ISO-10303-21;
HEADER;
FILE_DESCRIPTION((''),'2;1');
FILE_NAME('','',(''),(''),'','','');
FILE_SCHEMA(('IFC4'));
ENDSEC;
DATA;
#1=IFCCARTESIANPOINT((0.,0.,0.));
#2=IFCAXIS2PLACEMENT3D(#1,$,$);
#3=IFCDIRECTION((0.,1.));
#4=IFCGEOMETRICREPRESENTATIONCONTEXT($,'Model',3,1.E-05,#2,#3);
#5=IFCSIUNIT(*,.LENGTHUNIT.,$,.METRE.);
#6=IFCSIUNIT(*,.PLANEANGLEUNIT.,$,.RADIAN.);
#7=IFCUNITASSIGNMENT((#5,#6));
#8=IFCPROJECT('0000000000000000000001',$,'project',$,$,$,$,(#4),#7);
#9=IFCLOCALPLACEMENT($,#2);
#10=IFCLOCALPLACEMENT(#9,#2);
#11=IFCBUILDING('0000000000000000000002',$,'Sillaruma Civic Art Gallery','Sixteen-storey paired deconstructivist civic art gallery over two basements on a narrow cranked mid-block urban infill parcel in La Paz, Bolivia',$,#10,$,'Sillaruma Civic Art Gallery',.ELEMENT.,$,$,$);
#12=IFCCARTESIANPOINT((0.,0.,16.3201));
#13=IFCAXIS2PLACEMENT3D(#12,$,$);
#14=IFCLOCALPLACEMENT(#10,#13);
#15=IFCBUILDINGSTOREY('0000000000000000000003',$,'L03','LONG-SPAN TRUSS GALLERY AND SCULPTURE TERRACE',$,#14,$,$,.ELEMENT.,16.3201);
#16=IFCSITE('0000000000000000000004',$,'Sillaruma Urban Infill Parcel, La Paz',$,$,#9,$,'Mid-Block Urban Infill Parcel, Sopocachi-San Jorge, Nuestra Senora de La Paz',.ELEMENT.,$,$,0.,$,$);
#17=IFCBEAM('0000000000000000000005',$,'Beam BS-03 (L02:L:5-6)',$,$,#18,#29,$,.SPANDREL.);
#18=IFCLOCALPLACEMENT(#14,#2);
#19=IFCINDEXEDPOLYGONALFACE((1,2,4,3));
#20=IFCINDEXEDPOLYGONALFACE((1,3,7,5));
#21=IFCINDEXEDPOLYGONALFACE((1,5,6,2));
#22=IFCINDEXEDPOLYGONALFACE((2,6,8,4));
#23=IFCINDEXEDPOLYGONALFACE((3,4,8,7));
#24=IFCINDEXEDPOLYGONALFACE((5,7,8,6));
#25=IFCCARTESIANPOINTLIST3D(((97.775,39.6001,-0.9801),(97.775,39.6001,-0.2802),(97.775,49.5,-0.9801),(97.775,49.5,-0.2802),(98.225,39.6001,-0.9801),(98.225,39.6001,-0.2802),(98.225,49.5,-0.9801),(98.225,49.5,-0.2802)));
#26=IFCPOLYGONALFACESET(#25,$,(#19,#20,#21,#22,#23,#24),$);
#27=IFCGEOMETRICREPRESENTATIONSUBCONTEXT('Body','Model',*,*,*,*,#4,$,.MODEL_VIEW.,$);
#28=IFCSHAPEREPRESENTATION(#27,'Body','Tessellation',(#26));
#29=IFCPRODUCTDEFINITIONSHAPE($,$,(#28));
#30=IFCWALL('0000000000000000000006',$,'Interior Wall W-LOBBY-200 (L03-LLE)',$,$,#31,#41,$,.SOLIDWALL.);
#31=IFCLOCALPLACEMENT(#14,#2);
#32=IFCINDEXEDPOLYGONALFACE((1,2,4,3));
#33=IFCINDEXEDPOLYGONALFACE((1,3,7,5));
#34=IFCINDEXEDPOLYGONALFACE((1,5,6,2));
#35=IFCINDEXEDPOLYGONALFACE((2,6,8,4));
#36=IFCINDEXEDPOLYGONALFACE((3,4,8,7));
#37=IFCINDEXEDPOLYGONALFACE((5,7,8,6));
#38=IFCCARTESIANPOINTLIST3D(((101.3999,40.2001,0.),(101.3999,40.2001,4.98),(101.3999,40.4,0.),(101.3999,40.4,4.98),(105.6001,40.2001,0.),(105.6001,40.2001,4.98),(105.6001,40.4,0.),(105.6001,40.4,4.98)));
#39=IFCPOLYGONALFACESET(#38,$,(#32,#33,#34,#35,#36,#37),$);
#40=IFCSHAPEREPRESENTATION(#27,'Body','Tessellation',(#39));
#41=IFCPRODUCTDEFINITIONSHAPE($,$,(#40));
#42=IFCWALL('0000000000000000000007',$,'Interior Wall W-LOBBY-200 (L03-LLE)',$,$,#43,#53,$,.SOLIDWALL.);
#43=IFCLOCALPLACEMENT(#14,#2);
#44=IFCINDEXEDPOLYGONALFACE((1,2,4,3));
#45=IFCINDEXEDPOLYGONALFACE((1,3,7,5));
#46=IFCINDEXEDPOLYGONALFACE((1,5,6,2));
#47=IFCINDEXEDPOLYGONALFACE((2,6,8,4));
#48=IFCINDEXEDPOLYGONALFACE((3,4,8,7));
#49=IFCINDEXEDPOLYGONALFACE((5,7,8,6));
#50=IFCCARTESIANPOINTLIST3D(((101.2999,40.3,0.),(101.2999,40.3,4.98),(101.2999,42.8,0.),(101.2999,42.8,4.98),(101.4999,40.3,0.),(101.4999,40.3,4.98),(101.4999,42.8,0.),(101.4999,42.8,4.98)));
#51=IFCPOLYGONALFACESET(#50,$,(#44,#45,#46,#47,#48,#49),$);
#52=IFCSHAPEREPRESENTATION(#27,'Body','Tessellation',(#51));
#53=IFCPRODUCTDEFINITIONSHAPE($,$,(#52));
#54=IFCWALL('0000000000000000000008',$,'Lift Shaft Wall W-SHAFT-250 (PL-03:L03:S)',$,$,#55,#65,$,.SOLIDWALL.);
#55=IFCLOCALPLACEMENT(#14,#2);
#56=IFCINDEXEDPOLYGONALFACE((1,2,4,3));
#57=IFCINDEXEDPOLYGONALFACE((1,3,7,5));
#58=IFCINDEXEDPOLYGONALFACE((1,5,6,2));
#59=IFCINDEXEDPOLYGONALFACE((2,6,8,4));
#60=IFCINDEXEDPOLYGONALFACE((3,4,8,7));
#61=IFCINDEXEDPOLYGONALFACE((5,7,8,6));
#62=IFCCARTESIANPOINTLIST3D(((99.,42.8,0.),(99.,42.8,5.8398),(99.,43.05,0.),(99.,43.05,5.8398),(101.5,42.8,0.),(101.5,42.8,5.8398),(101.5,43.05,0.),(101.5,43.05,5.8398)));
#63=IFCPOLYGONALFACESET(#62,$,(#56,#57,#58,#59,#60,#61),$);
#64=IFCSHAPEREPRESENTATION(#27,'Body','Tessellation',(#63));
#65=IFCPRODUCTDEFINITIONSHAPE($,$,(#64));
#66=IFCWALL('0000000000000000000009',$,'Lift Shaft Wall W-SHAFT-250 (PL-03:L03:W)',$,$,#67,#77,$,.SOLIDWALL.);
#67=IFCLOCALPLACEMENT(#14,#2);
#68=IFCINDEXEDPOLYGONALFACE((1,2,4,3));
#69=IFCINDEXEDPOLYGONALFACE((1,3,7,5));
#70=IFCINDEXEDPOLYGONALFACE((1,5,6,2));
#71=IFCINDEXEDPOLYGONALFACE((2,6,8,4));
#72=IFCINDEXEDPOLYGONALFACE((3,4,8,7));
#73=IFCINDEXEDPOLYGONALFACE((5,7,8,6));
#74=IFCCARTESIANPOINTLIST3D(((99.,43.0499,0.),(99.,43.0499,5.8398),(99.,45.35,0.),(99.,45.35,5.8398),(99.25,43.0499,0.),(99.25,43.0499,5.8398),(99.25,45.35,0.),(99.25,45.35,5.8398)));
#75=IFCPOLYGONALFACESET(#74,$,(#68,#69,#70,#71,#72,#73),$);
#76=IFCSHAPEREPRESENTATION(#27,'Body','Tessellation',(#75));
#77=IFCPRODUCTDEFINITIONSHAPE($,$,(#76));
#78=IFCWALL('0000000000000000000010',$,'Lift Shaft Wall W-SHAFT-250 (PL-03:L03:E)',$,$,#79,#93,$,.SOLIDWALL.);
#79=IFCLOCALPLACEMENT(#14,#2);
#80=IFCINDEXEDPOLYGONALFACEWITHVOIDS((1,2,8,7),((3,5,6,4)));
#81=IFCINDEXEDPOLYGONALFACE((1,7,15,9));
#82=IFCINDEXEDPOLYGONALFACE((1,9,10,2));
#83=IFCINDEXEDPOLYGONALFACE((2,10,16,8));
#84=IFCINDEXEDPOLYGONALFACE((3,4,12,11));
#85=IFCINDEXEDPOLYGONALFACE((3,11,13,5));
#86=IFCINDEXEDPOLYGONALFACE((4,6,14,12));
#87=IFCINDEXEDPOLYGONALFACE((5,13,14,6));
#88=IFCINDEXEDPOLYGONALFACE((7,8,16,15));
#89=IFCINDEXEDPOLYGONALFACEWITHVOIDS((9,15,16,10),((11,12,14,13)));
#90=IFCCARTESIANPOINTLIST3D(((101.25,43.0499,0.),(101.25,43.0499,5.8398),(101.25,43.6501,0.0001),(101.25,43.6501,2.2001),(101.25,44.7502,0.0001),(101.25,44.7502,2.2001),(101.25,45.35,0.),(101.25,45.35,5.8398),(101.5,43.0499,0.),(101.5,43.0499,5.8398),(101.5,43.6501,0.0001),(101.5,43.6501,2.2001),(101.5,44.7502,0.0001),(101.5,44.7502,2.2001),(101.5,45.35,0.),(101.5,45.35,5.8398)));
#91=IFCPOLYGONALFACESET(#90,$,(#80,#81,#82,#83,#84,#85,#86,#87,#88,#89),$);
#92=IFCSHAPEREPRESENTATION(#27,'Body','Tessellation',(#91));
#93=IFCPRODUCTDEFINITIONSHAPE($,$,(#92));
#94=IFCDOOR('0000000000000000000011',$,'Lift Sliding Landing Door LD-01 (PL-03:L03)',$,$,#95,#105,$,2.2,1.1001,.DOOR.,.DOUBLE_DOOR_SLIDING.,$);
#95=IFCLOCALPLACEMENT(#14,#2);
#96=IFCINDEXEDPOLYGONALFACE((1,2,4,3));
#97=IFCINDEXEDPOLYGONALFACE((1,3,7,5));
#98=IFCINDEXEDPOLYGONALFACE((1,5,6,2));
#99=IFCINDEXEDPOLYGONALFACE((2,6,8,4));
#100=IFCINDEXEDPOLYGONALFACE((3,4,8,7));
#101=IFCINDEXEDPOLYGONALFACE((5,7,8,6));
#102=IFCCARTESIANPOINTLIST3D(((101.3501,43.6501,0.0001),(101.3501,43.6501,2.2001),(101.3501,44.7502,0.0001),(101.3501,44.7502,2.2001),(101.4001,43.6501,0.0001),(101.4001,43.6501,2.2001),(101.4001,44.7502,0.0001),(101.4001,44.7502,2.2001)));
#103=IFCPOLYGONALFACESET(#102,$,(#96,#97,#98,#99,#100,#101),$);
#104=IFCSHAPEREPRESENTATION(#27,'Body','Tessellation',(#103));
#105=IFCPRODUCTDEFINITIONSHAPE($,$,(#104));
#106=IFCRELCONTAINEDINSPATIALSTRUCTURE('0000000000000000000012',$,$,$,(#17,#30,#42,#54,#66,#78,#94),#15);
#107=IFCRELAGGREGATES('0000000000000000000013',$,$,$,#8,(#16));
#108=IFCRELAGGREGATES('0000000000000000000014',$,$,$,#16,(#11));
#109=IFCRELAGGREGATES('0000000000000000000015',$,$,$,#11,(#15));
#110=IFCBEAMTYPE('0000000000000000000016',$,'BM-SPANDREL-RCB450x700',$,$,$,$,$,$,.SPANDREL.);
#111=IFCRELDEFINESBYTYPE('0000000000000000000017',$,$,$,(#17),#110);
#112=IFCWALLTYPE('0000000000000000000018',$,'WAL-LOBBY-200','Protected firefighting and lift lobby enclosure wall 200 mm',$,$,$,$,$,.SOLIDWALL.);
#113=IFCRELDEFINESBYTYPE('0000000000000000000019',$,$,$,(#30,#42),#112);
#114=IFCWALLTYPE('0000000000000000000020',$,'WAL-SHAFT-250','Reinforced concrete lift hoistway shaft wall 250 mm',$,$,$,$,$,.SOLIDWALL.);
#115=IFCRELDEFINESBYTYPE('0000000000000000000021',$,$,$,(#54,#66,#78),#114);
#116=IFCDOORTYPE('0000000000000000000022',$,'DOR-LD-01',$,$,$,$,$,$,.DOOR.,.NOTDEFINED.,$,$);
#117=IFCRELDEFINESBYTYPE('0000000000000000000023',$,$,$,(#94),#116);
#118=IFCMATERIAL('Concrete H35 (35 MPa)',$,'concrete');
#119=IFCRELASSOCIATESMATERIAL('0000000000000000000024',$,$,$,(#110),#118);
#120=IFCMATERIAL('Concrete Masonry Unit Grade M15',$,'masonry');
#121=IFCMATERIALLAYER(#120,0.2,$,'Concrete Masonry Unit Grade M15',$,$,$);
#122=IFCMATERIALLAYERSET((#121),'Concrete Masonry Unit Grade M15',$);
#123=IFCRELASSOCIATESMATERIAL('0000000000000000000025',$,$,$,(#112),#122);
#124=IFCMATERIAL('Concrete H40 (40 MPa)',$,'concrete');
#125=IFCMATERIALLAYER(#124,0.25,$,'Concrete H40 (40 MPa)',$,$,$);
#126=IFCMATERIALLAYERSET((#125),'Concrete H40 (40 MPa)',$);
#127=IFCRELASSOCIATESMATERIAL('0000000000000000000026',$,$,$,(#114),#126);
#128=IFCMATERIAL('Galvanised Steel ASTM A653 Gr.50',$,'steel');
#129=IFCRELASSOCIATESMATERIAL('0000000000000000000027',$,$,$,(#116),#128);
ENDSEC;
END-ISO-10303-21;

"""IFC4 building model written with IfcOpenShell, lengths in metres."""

from ifc_helpers import new_model, si_unit, direction, frame, frame_2d, origin, origin_2d, place, context, subcontext, project, spatial, rectangle, extrude, material, layer, layer_set, material_profile, profile_set, type_object, element, fill, save


model = new_model("IFC4")

# Units and contexts
model_context = context("Model", 3, precision=1e-05, world=origin(), true_north=direction((0.0, 1.0)))
body_context = subcontext(model_context, "Body", "Model", "MODEL_VIEW")
ifc_project = project(units=[si_unit("LENGTHUNIT", "METRE"), si_unit("PLANEANGLEUNIT", "RADIAN")], contexts=[model_context])

# Site, building, storey
site_placement = place(None, origin())
site = spatial("IfcSite", under=ifc_project, at=site_placement, Name="Sillaruma Urban Infill Parcel, La Paz", LongName="Mid-Block Urban Infill Parcel, Sopocachi-San Jorge, Nuestra Senora de La Paz", CompositionType="ELEMENT", RefElevation=0.0)
building_placement = place(site_placement, origin())
building = spatial("IfcBuilding", under=site, at=building_placement, Name="Sillaruma Civic Art Gallery", Description="Sixteen-storey paired deconstructivist civic art gallery over two basements on a narrow cranked mid-block urban infill parcel in La Paz, Bolivia", LongName="Sillaruma Civic Art Gallery", CompositionType="ELEMENT")
storey_placement = place(building_placement, frame((0.0, 0.0, 16.3201)))
storey = spatial("IfcBuildingStorey", under=building, at=storey_placement, Name="L03", Description="LONG-SPAN TRUSS GALLERY AND SCULPTURE TERRACE", CompositionType="ELEMENT", Elevation=16.3201)

# Shared definitions
ifc_material_1 = material(Name="Concrete H40 (40 MPa)", Category="concrete")

# Beam
ifc_material_2 = material(Name="Concrete H35 (35 MPa)", Category="concrete")
ifc_material_profile_1 = material_profile(ifc_material_2, rectangle(XDim=0.45, YDim=0.7, at=origin_2d()), Name="RCB450x700")
ifc_profile_set_1 = profile_set([ifc_material_profile_1], Name="Concrete H35 (35 MPa)")
beam_type_1 = type_object("IfcBeamType", Name="BM-SPANDREL-RCB450x700", PredefinedType="SPANDREL", material=ifc_profile_set_1)
beam_1_placement = place(storey_placement, frame((98.0, 39.6001, -0.6301), z_axis=(0.0, 1.0, 0.0), x_axis=(-1.0, 0.0, 0.0)))
element("IfcBeam", 1, at=beam_1_placement, inside=storey, type_object=beam_type_1, Name="Beam BS-03 (L02:L:5-6)", PredefinedType="SPANDREL", context=body_context, shape_type="SweptSolid", body=[
    extrude(rectangle(XDim=0.45, YDim=0.7, at=origin_2d()), origin(), (0.0, 0.0, 1.0), 9.8999),
])

# Walls
ifc_material_3 = material(Name="Concrete Masonry Unit Grade M15", Category="masonry")
ifc_layer_1 = layer(ifc_material_3, 0.2, Name="Concrete Masonry Unit Grade M15")
ifc_layer_set_1 = layer_set([ifc_layer_1], Name="Concrete Masonry Unit Grade M15")
wall_type_1 = type_object("IfcWallType", Name="WAL-LOBBY-200", Description="Protected firefighting and lift lobby enclosure wall 200 mm", PredefinedType="SOLIDWALL", material=ifc_layer_set_1)
wall_1_placement = place(storey_placement, frame((101.3999, 40.3, 0.0), z_axis=(0.0, 0.0, 1.0), x_axis=(1.0, 0.0, 0.0)))
element("IfcWall", 2, at=wall_1_placement, inside=storey, type_object=wall_type_1, Name="Interior Wall W-LOBBY-200 (L03-LLE)", PredefinedType="SOLIDWALL", context=body_context, shape_type="SweptSolid", body=[
    extrude(rectangle(XDim=4.2002, YDim=0.2, at=frame_2d((2.1001, 0.0))), origin(), (0.0, 0.0, 1.0), 4.98),
])
wall_2_placement = place(storey_placement, frame((101.3999, 40.3, 0.0), z_axis=(0.0, 0.0, 1.0), x_axis=(0.0, 1.0, 0.0)))
element("IfcWall", 3, at=wall_2_placement, inside=storey, type_object=wall_type_1, Name="Interior Wall W-LOBBY-200 (L03-LLE)", PredefinedType="SOLIDWALL", context=body_context, shape_type="SweptSolid", body=[
    extrude(rectangle(XDim=2.5, YDim=0.2, at=frame_2d((1.25, 0.0))), origin(), (0.0, 0.0, 1.0), 4.98),
])
ifc_layer_2 = layer(ifc_material_1, 0.25, Name="Concrete H40 (40 MPa)")
ifc_layer_set_2 = layer_set([ifc_layer_2], Name="Concrete H40 (40 MPa)")
wall_type_2 = type_object("IfcWallType", Name="WAL-SHAFT-250", Description="Reinforced concrete lift hoistway shaft wall 250 mm", PredefinedType="SOLIDWALL", material=ifc_layer_set_2)
wall_3_placement = place(storey_placement, frame((99.0, 42.925, 0.0), z_axis=(0.0, 0.0, 1.0), x_axis=(1.0, 0.0, 0.0)))
element("IfcWall", 4, at=wall_3_placement, inside=storey, type_object=wall_type_2, Name="Lift Shaft Wall W-SHAFT-250 (PL-03:L03:S)", PredefinedType="SOLIDWALL", context=body_context, shape_type="SweptSolid", body=[
    extrude(rectangle(XDim=2.5, YDim=0.25, at=frame_2d((1.25, 0.0))), origin(), (0.0, 0.0, 1.0), 5.8398),
])
wall_4_placement = place(storey_placement, frame((99.125, 43.05, 0.0), z_axis=(0.0, 0.0, 1.0), x_axis=(0.0, 1.0, 0.0)))
element("IfcWall", 5, at=wall_4_placement, inside=storey, type_object=wall_type_2, Name="Lift Shaft Wall W-SHAFT-250 (PL-03:L03:W)", PredefinedType="SOLIDWALL", context=body_context, shape_type="SweptSolid", body=[
    extrude(rectangle(XDim=2.3, YDim=0.25, at=frame_2d((1.1499, 0.0))), origin(), (0.0, 0.0, 1.0), 5.8398),
])

# Wall, opening, door
wall_5_placement = place(storey_placement, frame((101.375, 43.05, 0.0), z_axis=(0.0, 0.0, 1.0), x_axis=(0.0, 1.0, 0.0)))
wall_5 = element("IfcWall", 6, at=wall_5_placement, inside=storey, type_object=wall_type_2, Name="Lift Shaft Wall W-SHAFT-250 (PL-03:L03:E)", PredefinedType="SOLIDWALL", context=body_context, shape_type="SweptSolid", body=[
    extrude(rectangle(XDim=2.3, YDim=0.25, at=frame_2d((1.1499, 0.0))), origin(), (0.0, 0.0, 1.0), 5.8398),
])
opening_placement = place(wall_5_placement, frame((0.6001, 0.0, 0.0)))
opening = element("IfcOpeningElement", 7, at=opening_placement, cuts=wall_5, PredefinedType="OPENING", context=body_context, shape_type="SweptSolid", body=[
    extrude(rectangle(XDim=1.1001, YDim=2.2, at=frame_2d((0.55, 1.1001))), frame((0.0, 0.135, 0.0), z_axis=(0.0, -1.0, 0.0), x_axis=(1.0, 0.0, 0.0)), (0.0, 0.0, 1.0), 0.27),
])
ifc_material_4 = material(Name="Galvanised Steel ASTM A653 Gr.50", Category="steel")
door_type = type_object("IfcDoorType", Name="DOR-LD-01", OperationType="NOTDEFINED", PredefinedType="DOOR", material=ifc_material_4)
door_placement = place(opening_placement, origin())
door = element("IfcDoor", 8, at=door_placement, inside=storey, type_object=door_type, Name="Lift Sliding Landing Door LD-01 (PL-03:L03)", OperationType="DOUBLE_DOOR_SLIDING", OverallHeight=2.2, OverallWidth=1.1001, PredefinedType="DOOR", context=body_context, shape_type="SweptSolid", body=[
    extrude(rectangle(XDim=1.1001, YDim=2.2, at=frame_2d((0.55, 1.1001))), frame((0.0, 0.0249, 0.0), z_axis=(0.0, -1.0, 0.0), x_axis=(1.0, 0.0, 0.0)), (0.0, 0.0, 1.0), 0.05),
])
fill(opening, door)

save(model, "model.ifc")
